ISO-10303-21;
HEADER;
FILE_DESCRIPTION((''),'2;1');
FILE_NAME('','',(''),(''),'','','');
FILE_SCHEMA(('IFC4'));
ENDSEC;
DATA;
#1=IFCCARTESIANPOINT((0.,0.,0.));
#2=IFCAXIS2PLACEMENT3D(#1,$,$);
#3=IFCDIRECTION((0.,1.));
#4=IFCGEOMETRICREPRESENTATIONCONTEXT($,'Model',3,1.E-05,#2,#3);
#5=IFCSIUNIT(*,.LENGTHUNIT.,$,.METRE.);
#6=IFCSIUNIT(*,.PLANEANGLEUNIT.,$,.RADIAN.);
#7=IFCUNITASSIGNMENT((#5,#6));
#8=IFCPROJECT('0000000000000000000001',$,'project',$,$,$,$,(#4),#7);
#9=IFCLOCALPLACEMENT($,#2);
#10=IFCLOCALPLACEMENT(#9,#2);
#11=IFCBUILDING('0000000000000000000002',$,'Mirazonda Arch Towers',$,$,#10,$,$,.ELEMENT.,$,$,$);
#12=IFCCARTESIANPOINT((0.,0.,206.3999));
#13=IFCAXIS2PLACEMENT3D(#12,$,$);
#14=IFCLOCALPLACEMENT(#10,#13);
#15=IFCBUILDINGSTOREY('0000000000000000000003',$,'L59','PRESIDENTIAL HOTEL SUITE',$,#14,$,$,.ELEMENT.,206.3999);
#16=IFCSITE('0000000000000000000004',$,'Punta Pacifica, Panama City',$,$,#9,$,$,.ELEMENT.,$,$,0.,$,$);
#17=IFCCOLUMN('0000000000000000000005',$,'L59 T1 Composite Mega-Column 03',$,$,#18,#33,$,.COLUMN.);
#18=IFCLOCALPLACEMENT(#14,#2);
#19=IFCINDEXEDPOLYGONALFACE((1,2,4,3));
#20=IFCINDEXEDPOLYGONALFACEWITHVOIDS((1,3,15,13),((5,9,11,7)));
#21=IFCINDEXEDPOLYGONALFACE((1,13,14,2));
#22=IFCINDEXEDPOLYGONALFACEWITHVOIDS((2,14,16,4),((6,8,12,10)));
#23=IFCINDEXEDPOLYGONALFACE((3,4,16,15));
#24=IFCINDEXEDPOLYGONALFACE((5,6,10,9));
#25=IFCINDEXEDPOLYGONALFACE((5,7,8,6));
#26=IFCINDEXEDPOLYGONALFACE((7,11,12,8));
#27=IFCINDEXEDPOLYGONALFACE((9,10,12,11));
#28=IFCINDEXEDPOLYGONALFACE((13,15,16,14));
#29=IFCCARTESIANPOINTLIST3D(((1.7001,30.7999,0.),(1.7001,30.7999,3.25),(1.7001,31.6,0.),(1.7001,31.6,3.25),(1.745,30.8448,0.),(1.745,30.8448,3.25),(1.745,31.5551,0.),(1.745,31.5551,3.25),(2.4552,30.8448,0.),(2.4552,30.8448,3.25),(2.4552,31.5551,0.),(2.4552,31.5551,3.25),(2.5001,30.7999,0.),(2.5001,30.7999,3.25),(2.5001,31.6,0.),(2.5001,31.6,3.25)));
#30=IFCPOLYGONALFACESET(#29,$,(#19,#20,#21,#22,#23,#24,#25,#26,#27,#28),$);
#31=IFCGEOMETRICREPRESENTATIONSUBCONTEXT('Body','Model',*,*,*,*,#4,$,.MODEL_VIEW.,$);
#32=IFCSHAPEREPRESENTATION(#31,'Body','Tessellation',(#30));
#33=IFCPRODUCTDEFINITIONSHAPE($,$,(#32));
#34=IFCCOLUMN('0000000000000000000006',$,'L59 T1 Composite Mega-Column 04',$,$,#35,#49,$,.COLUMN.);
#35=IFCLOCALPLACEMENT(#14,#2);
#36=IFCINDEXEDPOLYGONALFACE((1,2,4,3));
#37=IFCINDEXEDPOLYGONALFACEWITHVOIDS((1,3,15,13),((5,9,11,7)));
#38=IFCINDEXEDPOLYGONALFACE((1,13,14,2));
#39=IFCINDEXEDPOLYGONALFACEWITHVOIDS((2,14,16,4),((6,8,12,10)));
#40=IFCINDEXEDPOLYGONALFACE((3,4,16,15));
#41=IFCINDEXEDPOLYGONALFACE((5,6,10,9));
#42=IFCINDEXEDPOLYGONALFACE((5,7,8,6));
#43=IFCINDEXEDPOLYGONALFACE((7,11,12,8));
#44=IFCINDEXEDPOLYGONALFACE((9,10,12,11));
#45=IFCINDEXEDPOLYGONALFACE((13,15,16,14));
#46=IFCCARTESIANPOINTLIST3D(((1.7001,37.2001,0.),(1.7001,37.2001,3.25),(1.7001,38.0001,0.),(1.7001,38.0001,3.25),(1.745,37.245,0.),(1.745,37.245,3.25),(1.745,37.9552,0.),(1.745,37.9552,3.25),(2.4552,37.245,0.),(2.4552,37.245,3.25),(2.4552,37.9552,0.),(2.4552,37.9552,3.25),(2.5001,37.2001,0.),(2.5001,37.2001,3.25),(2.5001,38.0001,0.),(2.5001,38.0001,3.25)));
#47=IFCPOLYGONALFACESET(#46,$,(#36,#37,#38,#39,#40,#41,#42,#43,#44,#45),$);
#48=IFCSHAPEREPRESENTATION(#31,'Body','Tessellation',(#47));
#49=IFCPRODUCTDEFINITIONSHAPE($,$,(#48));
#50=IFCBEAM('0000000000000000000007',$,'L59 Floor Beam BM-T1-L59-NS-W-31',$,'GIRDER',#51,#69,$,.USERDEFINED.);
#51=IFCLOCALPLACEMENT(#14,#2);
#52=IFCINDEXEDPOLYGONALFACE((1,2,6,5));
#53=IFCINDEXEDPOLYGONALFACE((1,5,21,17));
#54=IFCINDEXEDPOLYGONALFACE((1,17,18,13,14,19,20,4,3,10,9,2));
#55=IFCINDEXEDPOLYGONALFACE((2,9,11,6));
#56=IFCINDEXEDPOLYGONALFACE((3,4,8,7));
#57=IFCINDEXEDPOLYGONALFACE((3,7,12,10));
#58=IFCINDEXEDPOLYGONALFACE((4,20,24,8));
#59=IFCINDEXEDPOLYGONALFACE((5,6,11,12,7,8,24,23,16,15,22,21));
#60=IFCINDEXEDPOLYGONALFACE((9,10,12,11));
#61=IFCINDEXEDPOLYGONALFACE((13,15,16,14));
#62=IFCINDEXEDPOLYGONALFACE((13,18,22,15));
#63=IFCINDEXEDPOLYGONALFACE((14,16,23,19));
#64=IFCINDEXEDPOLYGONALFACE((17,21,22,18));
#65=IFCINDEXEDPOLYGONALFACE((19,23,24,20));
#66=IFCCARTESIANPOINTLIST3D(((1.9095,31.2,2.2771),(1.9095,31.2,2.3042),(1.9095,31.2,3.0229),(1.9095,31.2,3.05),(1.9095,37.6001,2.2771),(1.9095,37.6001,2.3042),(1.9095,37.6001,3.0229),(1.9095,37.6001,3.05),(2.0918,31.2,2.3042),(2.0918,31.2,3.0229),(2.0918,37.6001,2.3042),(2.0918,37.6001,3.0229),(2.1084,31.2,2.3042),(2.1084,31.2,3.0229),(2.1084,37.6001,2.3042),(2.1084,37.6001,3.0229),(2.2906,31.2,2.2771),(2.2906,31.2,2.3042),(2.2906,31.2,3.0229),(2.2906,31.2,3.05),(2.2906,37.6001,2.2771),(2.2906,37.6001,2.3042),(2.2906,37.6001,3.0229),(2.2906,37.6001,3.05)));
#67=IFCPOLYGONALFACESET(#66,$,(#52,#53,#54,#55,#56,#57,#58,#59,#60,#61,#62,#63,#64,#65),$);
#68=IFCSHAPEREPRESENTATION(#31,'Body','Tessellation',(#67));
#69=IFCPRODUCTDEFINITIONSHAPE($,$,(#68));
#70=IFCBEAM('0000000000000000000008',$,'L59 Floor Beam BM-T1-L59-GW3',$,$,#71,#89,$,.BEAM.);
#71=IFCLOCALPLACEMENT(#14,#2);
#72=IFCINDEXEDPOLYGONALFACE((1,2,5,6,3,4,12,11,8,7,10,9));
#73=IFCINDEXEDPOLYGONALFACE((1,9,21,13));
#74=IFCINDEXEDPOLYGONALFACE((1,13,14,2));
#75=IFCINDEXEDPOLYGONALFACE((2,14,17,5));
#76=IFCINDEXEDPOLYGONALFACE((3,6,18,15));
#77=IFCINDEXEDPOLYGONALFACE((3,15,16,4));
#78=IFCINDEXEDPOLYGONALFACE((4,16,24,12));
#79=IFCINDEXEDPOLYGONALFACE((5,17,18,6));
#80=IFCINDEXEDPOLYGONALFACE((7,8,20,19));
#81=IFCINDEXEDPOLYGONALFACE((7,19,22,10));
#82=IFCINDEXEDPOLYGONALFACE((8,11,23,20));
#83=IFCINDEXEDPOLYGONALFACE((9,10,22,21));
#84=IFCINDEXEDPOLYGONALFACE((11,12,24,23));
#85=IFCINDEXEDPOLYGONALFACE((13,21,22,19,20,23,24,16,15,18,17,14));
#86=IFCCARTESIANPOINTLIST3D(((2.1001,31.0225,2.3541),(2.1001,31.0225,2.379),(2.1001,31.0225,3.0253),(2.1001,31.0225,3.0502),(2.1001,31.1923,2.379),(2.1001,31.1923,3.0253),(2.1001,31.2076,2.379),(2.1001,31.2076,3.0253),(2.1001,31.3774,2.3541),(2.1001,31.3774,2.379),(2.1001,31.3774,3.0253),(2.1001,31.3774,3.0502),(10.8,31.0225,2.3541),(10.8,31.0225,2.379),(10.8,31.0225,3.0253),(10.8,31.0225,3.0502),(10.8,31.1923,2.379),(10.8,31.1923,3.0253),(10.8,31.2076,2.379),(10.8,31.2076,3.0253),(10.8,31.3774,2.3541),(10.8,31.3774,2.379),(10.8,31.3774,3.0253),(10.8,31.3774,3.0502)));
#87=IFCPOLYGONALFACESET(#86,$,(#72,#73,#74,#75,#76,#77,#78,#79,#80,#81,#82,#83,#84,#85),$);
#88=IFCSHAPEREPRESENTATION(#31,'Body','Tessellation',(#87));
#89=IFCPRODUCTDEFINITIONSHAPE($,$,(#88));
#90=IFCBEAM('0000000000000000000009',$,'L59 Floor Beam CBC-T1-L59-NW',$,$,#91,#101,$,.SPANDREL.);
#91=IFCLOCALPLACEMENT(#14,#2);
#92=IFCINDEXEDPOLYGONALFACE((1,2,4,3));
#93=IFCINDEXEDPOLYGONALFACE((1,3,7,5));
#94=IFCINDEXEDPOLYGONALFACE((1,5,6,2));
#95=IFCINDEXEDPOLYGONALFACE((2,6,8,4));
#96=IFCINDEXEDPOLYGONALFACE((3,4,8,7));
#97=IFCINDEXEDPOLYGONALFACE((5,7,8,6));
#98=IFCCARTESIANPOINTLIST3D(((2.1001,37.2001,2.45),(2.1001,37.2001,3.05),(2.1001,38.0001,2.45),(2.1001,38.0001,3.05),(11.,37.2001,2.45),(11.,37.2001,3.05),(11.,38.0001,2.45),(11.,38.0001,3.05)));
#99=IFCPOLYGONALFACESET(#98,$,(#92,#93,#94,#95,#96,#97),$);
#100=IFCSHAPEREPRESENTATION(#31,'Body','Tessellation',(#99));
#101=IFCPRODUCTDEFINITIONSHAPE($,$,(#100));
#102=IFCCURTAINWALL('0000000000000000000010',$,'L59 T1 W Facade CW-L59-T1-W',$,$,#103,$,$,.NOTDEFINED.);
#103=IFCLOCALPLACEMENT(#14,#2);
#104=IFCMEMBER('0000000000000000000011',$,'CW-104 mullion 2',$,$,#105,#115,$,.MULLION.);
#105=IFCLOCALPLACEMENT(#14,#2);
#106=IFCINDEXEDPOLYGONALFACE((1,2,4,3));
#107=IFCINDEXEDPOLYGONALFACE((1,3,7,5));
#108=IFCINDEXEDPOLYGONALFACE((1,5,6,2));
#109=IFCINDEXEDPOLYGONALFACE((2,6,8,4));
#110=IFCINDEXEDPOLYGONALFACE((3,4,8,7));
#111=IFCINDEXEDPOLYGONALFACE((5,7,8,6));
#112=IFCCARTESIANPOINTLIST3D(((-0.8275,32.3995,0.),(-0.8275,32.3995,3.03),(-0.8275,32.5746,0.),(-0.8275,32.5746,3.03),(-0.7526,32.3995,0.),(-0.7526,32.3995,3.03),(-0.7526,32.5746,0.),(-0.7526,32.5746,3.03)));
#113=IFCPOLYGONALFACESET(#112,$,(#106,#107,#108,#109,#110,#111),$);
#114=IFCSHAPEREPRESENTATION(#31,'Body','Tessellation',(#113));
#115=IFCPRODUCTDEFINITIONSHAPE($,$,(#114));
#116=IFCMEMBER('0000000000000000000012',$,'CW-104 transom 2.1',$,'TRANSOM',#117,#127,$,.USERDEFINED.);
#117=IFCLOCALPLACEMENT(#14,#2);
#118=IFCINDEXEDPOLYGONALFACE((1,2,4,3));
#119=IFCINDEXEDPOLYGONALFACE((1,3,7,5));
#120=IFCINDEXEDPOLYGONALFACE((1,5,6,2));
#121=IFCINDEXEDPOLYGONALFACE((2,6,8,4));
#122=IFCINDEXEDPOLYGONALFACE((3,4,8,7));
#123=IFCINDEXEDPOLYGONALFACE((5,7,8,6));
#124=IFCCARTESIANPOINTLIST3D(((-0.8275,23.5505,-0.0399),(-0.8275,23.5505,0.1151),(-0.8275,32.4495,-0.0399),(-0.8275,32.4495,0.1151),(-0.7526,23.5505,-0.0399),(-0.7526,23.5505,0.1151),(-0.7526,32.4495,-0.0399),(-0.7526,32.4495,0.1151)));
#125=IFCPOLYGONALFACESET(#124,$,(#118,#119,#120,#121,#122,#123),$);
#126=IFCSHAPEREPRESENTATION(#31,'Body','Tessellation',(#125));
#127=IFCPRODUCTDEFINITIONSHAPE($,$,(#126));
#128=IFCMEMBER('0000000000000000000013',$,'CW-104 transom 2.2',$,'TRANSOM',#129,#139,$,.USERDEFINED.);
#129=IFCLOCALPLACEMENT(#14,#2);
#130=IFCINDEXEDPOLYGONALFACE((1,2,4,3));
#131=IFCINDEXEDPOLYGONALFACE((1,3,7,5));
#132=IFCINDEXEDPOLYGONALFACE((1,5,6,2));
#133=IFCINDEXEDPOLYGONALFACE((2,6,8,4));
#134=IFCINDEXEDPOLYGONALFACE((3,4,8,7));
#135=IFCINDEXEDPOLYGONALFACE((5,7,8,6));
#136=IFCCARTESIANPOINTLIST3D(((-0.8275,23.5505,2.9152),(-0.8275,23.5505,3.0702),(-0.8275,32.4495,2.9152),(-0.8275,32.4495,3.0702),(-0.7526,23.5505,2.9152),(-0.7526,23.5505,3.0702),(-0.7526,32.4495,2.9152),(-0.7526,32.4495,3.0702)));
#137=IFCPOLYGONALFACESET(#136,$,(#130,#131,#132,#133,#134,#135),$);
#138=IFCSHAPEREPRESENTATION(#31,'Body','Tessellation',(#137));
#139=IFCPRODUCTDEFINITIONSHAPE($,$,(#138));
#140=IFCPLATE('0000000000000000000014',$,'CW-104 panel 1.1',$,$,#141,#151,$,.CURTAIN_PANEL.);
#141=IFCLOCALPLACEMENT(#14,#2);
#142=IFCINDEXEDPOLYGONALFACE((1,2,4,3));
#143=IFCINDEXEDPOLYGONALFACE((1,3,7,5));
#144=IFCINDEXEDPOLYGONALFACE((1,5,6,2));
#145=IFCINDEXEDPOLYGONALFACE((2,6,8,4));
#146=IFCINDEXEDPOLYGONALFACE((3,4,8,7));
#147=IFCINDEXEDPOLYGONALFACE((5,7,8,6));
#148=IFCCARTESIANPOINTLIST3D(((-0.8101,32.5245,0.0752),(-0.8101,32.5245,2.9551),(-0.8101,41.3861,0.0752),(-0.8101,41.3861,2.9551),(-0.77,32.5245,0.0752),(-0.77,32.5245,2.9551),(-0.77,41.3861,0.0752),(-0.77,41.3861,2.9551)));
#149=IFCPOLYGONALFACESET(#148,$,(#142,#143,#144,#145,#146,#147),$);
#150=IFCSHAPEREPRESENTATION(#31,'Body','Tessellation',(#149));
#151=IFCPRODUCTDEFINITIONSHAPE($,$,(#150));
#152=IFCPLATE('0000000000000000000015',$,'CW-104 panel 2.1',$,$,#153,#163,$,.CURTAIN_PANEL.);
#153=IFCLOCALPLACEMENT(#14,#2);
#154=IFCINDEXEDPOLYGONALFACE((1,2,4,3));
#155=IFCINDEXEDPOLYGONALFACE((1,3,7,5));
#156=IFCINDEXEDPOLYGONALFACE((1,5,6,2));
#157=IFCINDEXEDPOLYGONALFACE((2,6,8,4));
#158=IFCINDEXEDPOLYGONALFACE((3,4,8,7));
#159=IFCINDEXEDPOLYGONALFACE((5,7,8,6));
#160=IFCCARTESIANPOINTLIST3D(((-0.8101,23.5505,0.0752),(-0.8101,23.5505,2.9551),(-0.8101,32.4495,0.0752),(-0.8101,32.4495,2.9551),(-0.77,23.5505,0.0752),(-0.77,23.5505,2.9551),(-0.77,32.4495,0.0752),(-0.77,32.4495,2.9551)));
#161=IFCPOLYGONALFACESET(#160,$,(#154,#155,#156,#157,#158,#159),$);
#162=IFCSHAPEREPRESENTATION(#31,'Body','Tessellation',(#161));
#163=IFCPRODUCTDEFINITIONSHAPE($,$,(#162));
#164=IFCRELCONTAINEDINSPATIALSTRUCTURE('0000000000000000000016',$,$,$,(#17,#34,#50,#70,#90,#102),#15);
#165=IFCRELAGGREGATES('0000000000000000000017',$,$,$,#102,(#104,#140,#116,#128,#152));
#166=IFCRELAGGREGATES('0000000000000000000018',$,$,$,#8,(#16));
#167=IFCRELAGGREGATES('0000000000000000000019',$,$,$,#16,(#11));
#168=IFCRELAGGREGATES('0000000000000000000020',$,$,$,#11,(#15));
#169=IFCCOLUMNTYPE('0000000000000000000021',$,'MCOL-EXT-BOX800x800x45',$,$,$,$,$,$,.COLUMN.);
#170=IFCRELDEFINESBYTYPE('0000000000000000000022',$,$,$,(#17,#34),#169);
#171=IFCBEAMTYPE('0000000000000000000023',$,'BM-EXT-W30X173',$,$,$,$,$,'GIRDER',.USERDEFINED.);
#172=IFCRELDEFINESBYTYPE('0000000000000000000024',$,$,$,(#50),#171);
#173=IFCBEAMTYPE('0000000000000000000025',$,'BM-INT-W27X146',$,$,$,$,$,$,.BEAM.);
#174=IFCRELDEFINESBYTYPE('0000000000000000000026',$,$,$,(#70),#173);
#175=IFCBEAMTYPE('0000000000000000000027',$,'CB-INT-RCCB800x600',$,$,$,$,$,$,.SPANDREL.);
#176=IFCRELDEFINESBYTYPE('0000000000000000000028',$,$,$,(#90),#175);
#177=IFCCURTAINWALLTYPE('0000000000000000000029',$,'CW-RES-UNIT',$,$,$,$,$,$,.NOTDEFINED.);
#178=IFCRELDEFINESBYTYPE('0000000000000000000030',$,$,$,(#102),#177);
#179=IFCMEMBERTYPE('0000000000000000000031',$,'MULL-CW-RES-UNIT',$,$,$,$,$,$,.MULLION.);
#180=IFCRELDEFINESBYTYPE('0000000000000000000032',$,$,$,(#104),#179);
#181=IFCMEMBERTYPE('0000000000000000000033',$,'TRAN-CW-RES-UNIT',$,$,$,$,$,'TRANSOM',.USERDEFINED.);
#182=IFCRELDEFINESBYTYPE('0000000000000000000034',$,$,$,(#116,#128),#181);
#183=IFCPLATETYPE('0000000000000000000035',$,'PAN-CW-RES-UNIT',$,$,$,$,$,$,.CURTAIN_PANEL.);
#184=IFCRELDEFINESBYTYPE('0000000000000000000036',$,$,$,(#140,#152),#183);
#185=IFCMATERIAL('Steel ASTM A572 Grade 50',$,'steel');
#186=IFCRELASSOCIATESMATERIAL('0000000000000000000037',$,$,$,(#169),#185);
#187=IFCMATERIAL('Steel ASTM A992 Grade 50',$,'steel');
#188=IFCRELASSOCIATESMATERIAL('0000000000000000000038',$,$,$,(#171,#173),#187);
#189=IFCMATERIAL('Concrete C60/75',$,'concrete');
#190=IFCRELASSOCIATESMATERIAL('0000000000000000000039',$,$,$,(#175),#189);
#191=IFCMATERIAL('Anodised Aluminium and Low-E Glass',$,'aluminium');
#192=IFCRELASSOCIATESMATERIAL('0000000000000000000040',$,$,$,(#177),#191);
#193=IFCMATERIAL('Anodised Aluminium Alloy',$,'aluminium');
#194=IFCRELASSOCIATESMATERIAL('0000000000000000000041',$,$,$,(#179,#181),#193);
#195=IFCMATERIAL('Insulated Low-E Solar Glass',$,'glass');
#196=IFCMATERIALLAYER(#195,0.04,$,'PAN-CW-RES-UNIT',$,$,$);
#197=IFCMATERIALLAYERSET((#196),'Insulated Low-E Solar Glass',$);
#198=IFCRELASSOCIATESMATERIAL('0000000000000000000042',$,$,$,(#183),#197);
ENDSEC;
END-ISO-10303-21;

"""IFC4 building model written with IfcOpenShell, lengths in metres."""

from ifc_helpers import new_model, si_unit, direction, frame, origin, origin_2d, place, context, subcontext, project, spatial, rectangle, hollow_rectangle, i_section, extrude, material, layer, layer_set, material_profile, profile_set, type_object, element, aggregate, save


model = new_model("IFC4")

# Units and contexts
model_context = context("Model", 3, precision=1e-05, world=origin(), true_north=direction((0.0, 1.0)))
body_context = subcontext(model_context, "Body", "Model", "MODEL_VIEW")
ifc_project = project(units=[si_unit("LENGTHUNIT", "METRE"), si_unit("PLANEANGLEUNIT", "RADIAN")], contexts=[model_context])

# Site, building, storey
site_placement = place(None, origin())
site = spatial("IfcSite", under=ifc_project, at=site_placement, Name="Punta Pacifica, Panama City", CompositionType="ELEMENT", RefElevation=0.0)
building_placement = place(site_placement, origin())
building = spatial("IfcBuilding", under=site, at=building_placement, Name="Mirazonda Arch Towers", CompositionType="ELEMENT")
storey_placement = place(building_placement, frame((0.0, 0.0, 206.3999)))
storey = spatial("IfcBuildingStorey", under=building, at=storey_placement, Name="L59", Description="PRESIDENTIAL HOTEL SUITE", CompositionType="ELEMENT", Elevation=206.3999)

# Columns
ifc_material_1 = material(Name="Steel ASTM A572 Grade 50", Category="steel")
ifc_material_profile_1 = material_profile(ifc_material_1, hollow_rectangle(XDim=0.8, YDim=0.8, WallThickness=0.0449, at=origin_2d()), Name="BOX800x800x45")
ifc_profile_set_1 = profile_set([ifc_material_profile_1], Name="Steel ASTM A572 Grade 50")
column_type = type_object("IfcColumnType", Name="MCOL-EXT-BOX800x800x45", PredefinedType="COLUMN", material=ifc_profile_set_1)
for number, where, z_axis, x_axis, name in (
    (1, (2.1001, 31.2, 0.0), (0.0, 0.0, 1.0), (1.0, 0.0, 0.0), "L59 T1 Composite Mega-Column 03"),
    (2, (2.1001, 37.6001, 0.0), (0.0, 0.0, 1.0), (1.0, 0.0, 0.0), "L59 T1 Composite Mega-Column 04"),
):
    element("IfcColumn", number, at=place(storey_placement, frame(where, z_axis=z_axis, x_axis=x_axis)), inside=storey, type_object=column_type, Name=name, PredefinedType="COLUMN", context=body_context, shape_type="SweptSolid", body=[
        extrude(hollow_rectangle(XDim=0.8, YDim=0.8, WallThickness=0.0449, at=origin_2d()), origin(), (0.0, 0.0, 1.0), 3.25),
    ])

# Beams
ifc_material_2 = material(Name="Steel ASTM A992 Grade 50", Category="steel")
ifc_material_profile_2 = material_profile(ifc_material_2, i_section(OverallWidth=0.3811, OverallDepth=0.7729, WebThickness=0.0166, FlangeThickness=0.0271, at=origin_2d()), Name="W30X173")
ifc_profile_set_2 = profile_set([ifc_material_profile_2], Name="Steel ASTM A992 Grade 50")
beam_type_1 = type_object("IfcBeamType", Name="BM-EXT-W30X173", ElementType="GIRDER", PredefinedType="USERDEFINED", material=ifc_profile_set_2)
beam_1_placement = place(storey_placement, frame((2.1001, 31.2, 2.6636), z_axis=(0.0, 1.0, 0.0), x_axis=(-1.0, 0.0, 0.0)))
element("IfcBeam", 3, at=beam_1_placement, inside=storey, type_object=beam_type_1, Name="L59 Floor Beam BM-T1-L59-NS-W-31", ObjectType="GIRDER", PredefinedType="USERDEFINED", context=body_context, shape_type="SweptSolid", body=[
    extrude(i_section(OverallWidth=0.3811, OverallDepth=0.7729, WebThickness=0.0166, FlangeThickness=0.0271, at=origin_2d()), origin(), (0.0, 0.0, 1.0), 6.4001),
])
ifc_material_profile_3 = material_profile(ifc_material_2, i_section(OverallWidth=0.355, OverallDepth=0.696, WebThickness=0.0154, FlangeThickness=0.0249, at=origin_2d()), Name="W27X146")
ifc_profile_set_3 = profile_set([ifc_material_profile_3], Name="Steel ASTM A992 Grade 50")
beam_type_2 = type_object("IfcBeamType", Name="BM-INT-W27X146", PredefinedType="BEAM", material=ifc_profile_set_3)
beam_2_placement = place(storey_placement, frame((2.1001, 31.2, 2.7021), z_axis=(1.0, 0.0, 0.0), x_axis=(0.0, 1.0, 0.0)))
element("IfcBeam", 4, at=beam_2_placement, inside=storey, type_object=beam_type_2, Name="L59 Floor Beam BM-T1-L59-GW3", PredefinedType="BEAM", context=body_context, shape_type="SweptSolid", body=[
    extrude(i_section(OverallWidth=0.355, OverallDepth=0.696, WebThickness=0.0154, FlangeThickness=0.0249, at=origin_2d()), origin(), (0.0, 0.0, 1.0), 8.7),
])
ifc_material_3 = material(Name="Concrete C60/75", Category="concrete")
ifc_material_profile_4 = material_profile(ifc_material_3, rectangle(XDim=0.8, YDim=0.6001, at=origin_2d()), Name="RCCB800x600")
ifc_profile_set_4 = profile_set([ifc_material_profile_4], Name="Concrete C60/75")
beam_type_3 = type_object("IfcBeamType", Name="CB-INT-RCCB800x600", PredefinedType="SPANDREL", material=ifc_profile_set_4)
beam_3_placement = place(storey_placement, frame((2.1001, 37.6001, 2.75), z_axis=(1.0, 0.0, 0.0), x_axis=(0.0, 1.0, 0.0)))
element("IfcBeam", 5, at=beam_3_placement, inside=storey, type_object=beam_type_3, Name="L59 Floor Beam CBC-T1-L59-NW", PredefinedType="SPANDREL", context=body_context, shape_type="SweptSolid", body=[
    extrude(rectangle(XDim=0.8, YDim=0.6001, at=origin_2d()), origin(), (0.0, 0.0, 1.0), 8.8999),
])

# Curtain wall, members, plates
ifc_material_4 = material(Name="Anodised Aluminium and Low-E Glass", Category="aluminium")
curtain_wall_type = type_object("IfcCurtainWallType", Name="CW-RES-UNIT", PredefinedType="NOTDEFINED", material=ifc_material_4)
curtain_wall_placement = place(storey_placement, origin())
curtain_wall = element("IfcCurtainWall", 6, at=curtain_wall_placement, inside=storey, type_object=curtain_wall_type, Name="L59 T1 W Facade CW-L59-T1-W", PredefinedType="NOTDEFINED")
ifc_material_5 = material(Name="Anodised Aluminium Alloy", Category="aluminium")
ifc_material_profile_5 = material_profile(ifc_material_5, rectangle(XDim=0.075, YDim=0.175, at=origin_2d()), Name="ALU-MULL-75x175")
ifc_profile_set_5 = profile_set([ifc_material_profile_5], Name="Anodised Aluminium Alloy")
member_type_1 = type_object("IfcMemberType", Name="MULL-CW-RES-UNIT", PredefinedType="MULLION", material=ifc_profile_set_5)
member_1_placement = place(storey_placement, frame((-0.79, 32.4871, 0.0), z_axis=(0.0, 0.0, 1.0), x_axis=(1.0, 0.0, 0.0)))
member_1 = element("IfcMember", 7, at=member_1_placement, type_object=member_type_1, Name="CW-104 mullion 2", PredefinedType="MULLION", context=body_context, shape_type="SweptSolid", body=[
    extrude(rectangle(XDim=0.075, YDim=0.175, at=origin_2d()), origin(), (0.0, 0.0, 1.0), 3.03),
])
ifc_material_profile_6 = material_profile(ifc_material_5, rectangle(XDim=0.075, YDim=0.155, at=origin_2d()), Name="ALU-TRAN-75x155")
ifc_profile_set_6 = profile_set([ifc_material_profile_6], Name="Anodised Aluminium Alloy")
member_type_2 = type_object("IfcMemberType", Name="TRAN-CW-RES-UNIT", ElementType="TRANSOM", PredefinedType="USERDEFINED", material=ifc_profile_set_6)
member_2_placement = place(storey_placement, frame((-0.79, 32.4495, 0.0376), z_axis=(0.0, -1.0, 0.0), x_axis=(1.0, 0.0, 0.0)))
member_2 = element("IfcMember", 8, at=member_2_placement, type_object=member_type_2, Name="CW-104 transom 2.1", ObjectType="TRANSOM", PredefinedType="USERDEFINED", context=body_context, shape_type="SweptSolid", body=[
    extrude(rectangle(XDim=0.075, YDim=0.155, at=origin_2d()), origin(), (0.0, 0.0, 1.0), 8.8989),
])
member_3_placement = place(storey_placement, frame((-0.79, 32.4495, 2.9927), z_axis=(0.0, -1.0, 0.0), x_axis=(1.0, 0.0, 0.0)))
member_3 = element("IfcMember", 9, at=member_3_placement, type_object=member_type_2, Name="CW-104 transom 2.2", ObjectType="TRANSOM", PredefinedType="USERDEFINED", context=body_context, shape_type="SweptSolid", body=[
    extrude(rectangle(XDim=0.075, YDim=0.155, at=origin_2d()), origin(), (0.0, 0.0, 1.0), 8.8989),
])
ifc_material_6 = material(Name="Insulated Low-E Solar Glass", Category="glass")
ifc_layer_1 = layer(ifc_material_6, 0.04, Name="PAN-CW-RES-UNIT")
ifc_layer_set_1 = layer_set([ifc_layer_1], Name="Insulated Low-E Solar Glass")
plate_type = type_object("IfcPlateType", Name="PAN-CW-RES-UNIT", PredefinedType="CURTAIN_PANEL", material=ifc_layer_set_1)
plate_1_placement = place(storey_placement, frame((-0.79, 36.9553, 0.0752), z_axis=(0.0, 0.0, 1.0), x_axis=(0.0, -1.0, 0.0)))
plate_1 = element("IfcPlate", 10, at=plate_1_placement, type_object=plate_type, Name="CW-104 panel 1.1", PredefinedType="CURTAIN_PANEL", context=body_context, shape_type="SweptSolid", body=[
    extrude(rectangle(XDim=8.8616, YDim=0.04, at=origin_2d()), origin(), (0.0, 0.0, 1.0), 2.8799),
])
plate_2_placement = place(storey_placement, frame((-0.79, 28.0, 0.0752), z_axis=(0.0, 0.0, 1.0), x_axis=(0.0, -1.0, 0.0)))
plate_2 = element("IfcPlate", 11, at=plate_2_placement, type_object=plate_type, Name="CW-104 panel 2.1", PredefinedType="CURTAIN_PANEL", context=body_context, shape_type="SweptSolid", body=[
    extrude(rectangle(XDim=8.8989, YDim=0.04, at=origin_2d()), origin(), (0.0, 0.0, 1.0), 2.8799),
])
aggregate(curtain_wall, [member_1, plate_1, member_2, member_3, plate_2])

save(model, "model.ifc")
